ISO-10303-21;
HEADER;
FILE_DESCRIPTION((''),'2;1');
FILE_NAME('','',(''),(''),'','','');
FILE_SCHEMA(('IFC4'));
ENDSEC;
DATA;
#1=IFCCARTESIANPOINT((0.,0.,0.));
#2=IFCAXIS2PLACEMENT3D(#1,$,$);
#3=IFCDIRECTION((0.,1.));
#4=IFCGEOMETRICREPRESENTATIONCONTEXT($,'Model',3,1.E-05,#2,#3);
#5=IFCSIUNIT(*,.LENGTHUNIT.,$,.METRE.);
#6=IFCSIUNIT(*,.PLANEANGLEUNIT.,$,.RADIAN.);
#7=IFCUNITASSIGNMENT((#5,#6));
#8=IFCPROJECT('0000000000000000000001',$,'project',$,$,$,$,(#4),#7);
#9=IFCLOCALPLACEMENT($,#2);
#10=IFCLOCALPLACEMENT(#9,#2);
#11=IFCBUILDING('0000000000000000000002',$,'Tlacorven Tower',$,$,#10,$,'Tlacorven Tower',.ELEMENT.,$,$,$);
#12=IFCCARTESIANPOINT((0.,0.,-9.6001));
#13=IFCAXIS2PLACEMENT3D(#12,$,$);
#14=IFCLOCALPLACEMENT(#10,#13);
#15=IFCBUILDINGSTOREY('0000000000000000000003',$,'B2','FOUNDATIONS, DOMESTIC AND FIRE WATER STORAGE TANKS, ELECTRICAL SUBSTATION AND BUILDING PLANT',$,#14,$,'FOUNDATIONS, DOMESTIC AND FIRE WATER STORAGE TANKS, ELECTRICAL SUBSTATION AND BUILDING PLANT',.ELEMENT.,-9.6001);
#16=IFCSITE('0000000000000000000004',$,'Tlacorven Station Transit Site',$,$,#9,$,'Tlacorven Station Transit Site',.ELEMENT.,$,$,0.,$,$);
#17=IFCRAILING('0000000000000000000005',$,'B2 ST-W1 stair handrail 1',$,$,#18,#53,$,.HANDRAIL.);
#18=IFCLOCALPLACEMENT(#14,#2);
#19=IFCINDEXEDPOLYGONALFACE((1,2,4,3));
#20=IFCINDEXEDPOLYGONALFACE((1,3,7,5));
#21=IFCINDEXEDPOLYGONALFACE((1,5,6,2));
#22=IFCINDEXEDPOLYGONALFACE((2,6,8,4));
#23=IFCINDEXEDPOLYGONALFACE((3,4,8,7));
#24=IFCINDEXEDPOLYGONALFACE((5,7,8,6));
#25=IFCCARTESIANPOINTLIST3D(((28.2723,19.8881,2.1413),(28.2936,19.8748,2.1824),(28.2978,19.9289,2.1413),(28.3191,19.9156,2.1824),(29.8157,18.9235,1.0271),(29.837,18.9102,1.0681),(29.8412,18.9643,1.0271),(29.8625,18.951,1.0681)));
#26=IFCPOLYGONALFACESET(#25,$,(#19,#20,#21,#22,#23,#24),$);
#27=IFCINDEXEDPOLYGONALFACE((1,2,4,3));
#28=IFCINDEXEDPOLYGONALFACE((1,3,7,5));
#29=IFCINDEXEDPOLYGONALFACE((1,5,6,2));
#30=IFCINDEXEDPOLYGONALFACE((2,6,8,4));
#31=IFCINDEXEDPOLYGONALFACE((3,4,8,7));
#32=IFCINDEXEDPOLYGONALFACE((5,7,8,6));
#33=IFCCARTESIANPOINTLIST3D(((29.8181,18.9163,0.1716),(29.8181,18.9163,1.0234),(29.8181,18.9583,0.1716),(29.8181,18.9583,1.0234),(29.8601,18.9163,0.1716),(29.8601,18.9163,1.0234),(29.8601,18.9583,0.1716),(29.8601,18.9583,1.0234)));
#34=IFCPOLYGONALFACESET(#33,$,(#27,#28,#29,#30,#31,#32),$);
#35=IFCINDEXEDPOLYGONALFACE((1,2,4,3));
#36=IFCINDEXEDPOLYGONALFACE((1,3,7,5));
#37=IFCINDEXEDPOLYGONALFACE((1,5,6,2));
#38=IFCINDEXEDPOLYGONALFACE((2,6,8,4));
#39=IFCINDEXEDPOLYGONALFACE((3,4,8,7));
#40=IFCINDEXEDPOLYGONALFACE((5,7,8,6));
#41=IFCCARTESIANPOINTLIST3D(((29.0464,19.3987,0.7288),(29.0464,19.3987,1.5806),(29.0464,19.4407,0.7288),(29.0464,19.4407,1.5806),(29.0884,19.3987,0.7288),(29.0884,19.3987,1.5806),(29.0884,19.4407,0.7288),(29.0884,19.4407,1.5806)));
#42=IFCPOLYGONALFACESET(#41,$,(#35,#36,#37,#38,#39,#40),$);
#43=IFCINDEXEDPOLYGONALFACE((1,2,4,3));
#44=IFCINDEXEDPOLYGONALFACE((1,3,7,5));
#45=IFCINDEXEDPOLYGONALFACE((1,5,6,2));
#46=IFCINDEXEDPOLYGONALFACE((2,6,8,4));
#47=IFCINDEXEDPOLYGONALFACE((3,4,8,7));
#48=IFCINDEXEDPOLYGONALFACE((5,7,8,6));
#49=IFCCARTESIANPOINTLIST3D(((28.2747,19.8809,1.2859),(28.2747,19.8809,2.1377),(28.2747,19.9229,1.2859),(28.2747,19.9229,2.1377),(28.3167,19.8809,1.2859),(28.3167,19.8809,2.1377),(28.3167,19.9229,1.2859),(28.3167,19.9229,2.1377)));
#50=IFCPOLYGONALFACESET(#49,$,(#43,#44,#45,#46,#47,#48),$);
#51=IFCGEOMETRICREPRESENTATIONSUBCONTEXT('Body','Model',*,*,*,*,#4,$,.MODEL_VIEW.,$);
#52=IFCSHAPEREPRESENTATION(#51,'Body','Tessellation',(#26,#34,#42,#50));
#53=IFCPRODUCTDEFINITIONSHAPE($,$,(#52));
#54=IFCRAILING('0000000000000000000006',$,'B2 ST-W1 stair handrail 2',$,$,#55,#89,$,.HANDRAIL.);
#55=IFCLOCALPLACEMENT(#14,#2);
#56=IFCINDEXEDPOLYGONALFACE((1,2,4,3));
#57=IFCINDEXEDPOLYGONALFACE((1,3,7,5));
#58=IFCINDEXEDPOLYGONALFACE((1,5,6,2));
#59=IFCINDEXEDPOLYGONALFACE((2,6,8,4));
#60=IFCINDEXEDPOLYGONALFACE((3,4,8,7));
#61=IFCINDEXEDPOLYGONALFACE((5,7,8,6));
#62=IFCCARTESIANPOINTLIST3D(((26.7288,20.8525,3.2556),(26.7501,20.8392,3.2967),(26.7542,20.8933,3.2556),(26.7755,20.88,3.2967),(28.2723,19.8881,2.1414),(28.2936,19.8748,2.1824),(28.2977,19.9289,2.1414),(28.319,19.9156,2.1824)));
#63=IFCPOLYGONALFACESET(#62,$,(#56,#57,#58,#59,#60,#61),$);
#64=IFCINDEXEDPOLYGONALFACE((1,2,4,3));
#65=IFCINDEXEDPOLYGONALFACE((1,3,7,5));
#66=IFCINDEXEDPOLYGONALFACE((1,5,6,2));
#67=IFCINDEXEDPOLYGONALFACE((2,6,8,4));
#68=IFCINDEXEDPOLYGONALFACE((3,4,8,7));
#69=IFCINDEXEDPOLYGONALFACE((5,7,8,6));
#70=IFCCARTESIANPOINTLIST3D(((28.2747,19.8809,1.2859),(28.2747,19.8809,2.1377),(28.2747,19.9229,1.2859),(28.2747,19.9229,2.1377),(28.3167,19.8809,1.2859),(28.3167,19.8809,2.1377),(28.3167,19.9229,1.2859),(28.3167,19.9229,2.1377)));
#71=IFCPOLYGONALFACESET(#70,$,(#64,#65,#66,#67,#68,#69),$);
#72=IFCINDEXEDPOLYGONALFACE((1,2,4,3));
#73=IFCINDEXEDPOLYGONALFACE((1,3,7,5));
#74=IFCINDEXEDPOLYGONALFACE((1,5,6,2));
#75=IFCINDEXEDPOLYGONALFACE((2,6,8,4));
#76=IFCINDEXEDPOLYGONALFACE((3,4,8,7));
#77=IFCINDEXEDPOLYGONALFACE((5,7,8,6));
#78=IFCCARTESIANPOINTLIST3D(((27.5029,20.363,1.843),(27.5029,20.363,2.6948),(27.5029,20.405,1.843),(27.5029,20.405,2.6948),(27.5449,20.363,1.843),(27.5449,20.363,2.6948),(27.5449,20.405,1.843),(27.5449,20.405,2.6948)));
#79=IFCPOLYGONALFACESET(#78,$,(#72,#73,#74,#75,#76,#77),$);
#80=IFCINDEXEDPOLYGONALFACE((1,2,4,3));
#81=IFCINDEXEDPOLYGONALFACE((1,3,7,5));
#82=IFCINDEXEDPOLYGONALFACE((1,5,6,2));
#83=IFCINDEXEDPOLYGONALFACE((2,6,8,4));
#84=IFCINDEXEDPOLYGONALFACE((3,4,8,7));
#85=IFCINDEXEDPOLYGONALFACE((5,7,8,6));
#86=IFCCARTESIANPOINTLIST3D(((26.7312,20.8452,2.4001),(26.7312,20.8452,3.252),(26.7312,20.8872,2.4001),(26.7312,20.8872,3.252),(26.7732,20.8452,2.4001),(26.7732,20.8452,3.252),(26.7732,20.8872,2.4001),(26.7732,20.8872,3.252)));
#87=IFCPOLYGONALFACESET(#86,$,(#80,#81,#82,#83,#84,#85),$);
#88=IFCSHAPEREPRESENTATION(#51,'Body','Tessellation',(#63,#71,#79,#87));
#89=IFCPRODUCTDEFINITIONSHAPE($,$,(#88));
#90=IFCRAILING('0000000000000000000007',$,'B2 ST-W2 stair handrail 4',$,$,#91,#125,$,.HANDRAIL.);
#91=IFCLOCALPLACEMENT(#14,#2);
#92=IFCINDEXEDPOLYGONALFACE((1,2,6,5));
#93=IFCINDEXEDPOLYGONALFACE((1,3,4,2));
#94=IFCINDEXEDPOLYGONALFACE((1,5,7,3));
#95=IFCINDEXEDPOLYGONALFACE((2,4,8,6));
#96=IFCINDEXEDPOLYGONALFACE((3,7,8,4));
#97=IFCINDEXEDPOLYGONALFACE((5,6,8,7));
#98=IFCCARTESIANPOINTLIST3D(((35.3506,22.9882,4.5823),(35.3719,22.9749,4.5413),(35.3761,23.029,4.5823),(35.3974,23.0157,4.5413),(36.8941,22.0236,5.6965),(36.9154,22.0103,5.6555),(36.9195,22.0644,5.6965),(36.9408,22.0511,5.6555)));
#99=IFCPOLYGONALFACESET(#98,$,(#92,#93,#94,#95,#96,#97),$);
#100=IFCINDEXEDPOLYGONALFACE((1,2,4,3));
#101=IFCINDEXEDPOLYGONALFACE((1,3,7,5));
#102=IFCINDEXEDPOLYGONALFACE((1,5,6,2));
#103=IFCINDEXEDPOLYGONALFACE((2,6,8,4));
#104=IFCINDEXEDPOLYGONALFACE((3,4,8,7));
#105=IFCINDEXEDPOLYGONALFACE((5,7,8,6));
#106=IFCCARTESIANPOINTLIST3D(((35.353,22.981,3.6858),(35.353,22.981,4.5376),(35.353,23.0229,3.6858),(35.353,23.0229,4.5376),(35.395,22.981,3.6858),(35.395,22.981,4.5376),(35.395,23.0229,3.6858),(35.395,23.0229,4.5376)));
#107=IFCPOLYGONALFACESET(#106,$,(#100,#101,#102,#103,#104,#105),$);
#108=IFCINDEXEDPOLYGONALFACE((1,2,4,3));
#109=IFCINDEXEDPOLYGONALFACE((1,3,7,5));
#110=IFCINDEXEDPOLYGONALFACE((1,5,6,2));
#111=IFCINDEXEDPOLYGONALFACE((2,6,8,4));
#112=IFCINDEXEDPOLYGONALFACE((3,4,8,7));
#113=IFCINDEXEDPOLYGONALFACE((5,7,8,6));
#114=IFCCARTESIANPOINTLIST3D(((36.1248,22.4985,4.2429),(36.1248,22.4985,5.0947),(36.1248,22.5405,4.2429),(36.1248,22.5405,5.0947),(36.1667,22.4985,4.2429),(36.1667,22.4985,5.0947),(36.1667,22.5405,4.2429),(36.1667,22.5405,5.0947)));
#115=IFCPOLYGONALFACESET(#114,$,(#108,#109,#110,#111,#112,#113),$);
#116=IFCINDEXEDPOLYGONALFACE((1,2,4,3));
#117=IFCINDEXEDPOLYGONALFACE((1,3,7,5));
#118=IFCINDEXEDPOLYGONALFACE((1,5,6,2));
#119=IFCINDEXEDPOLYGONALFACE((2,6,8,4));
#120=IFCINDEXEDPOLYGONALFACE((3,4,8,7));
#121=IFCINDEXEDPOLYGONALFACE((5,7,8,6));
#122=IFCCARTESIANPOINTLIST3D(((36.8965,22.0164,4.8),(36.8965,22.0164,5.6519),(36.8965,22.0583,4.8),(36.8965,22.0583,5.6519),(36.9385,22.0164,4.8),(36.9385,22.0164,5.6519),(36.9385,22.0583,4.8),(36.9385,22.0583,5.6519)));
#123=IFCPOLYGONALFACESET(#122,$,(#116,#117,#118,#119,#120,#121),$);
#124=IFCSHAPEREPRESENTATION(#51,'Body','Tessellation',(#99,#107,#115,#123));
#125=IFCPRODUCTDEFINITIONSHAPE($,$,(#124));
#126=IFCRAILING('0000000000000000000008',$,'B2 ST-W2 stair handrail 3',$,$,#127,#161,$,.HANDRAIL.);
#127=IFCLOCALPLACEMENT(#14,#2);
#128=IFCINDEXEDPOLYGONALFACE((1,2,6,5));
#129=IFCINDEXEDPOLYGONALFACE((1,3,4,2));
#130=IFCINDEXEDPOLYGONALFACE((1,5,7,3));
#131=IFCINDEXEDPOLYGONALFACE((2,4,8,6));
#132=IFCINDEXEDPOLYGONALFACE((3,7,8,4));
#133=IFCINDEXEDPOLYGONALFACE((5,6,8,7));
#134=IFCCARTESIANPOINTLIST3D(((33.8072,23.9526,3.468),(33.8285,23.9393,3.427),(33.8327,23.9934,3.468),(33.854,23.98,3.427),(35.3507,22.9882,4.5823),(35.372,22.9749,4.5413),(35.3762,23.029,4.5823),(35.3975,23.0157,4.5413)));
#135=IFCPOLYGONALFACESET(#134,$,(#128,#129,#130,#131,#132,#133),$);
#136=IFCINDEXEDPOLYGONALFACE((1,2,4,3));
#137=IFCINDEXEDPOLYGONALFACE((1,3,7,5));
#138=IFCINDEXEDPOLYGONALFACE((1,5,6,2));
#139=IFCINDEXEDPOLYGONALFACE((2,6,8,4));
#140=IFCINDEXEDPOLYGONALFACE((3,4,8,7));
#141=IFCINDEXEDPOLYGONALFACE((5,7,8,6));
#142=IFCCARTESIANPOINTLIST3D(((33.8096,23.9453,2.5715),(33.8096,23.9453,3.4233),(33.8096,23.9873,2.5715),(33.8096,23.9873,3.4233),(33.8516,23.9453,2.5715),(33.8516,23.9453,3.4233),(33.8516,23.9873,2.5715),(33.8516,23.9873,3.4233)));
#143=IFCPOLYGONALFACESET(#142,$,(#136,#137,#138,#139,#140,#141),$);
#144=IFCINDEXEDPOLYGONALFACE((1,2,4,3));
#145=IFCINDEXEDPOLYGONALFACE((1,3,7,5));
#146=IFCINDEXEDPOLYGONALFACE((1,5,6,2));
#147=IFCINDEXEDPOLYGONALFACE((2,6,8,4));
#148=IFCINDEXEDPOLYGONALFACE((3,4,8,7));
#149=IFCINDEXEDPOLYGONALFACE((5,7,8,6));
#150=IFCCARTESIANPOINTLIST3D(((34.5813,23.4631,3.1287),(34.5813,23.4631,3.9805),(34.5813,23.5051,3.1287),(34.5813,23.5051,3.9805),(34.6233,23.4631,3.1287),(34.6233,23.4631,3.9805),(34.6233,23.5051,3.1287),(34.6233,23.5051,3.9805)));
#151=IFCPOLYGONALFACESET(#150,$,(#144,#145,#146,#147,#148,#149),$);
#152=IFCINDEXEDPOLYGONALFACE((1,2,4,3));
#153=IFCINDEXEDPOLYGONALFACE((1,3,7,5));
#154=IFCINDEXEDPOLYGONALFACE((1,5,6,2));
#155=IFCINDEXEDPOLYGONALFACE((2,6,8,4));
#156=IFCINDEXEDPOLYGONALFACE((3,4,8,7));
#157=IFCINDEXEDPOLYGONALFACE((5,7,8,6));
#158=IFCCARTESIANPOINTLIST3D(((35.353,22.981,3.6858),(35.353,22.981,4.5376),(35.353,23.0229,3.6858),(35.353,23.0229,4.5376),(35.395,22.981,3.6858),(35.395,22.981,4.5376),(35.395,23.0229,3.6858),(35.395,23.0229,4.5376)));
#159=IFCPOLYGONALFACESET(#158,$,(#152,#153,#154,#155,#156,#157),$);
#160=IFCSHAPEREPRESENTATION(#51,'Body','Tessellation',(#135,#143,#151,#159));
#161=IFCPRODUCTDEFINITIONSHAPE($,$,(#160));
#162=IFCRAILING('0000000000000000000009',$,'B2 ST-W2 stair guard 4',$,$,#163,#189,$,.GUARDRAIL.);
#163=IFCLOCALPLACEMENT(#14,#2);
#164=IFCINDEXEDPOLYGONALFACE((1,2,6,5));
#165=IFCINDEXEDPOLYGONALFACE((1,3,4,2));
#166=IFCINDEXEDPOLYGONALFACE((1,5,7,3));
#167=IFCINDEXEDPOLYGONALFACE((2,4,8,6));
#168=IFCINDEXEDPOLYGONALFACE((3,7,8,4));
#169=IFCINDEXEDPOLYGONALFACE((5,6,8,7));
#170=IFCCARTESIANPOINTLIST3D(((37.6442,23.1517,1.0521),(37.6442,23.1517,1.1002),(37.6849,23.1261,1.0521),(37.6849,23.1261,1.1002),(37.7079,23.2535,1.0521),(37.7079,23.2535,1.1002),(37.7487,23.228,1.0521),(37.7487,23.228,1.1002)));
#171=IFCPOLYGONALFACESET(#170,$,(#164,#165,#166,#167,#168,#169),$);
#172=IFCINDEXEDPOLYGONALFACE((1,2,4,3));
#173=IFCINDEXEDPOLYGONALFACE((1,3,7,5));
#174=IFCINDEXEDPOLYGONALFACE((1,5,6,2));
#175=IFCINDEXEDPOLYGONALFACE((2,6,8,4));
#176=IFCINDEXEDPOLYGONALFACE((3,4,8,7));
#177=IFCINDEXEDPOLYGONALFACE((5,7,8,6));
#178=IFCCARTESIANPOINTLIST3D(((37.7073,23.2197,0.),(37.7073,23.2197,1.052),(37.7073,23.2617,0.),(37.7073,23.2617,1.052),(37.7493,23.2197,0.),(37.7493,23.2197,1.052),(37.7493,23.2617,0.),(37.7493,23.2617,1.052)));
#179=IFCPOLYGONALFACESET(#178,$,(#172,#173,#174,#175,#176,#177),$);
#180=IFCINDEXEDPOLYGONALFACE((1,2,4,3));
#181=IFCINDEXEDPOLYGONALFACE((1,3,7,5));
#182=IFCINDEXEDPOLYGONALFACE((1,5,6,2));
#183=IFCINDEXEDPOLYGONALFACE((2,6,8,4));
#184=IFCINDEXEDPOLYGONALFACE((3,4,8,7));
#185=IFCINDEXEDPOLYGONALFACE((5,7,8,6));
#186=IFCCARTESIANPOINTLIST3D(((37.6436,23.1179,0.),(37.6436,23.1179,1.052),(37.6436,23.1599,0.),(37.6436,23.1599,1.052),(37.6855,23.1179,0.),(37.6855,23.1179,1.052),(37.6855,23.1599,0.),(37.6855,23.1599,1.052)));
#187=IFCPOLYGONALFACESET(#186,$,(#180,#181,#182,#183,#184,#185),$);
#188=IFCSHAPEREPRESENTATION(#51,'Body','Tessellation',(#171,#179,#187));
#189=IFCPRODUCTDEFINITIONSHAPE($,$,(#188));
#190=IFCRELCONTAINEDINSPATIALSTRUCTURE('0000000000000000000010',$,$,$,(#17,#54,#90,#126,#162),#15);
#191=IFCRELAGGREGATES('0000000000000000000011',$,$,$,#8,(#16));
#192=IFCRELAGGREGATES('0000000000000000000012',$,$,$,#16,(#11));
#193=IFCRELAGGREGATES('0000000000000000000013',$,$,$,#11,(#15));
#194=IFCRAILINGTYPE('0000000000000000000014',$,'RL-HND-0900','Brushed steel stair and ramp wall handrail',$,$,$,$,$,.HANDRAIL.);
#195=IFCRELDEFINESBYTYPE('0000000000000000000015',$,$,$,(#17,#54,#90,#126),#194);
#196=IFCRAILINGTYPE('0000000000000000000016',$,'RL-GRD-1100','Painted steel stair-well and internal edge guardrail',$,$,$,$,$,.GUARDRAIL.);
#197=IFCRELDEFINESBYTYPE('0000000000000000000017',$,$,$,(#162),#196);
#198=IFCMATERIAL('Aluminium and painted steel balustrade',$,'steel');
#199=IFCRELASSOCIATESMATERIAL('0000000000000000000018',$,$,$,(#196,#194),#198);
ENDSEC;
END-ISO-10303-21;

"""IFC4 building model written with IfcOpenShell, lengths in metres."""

from ifc_helpers import new_model, si_unit, direction, frame, origin, origin_2d, place, context, subcontext, project, spatial, rectangle, extrude, source, transform, mapped, material, type_object, element, save


model = new_model("IFC4")

# Units and contexts
model_context = context("Model", 3, precision=1e-05, world=origin(), true_north=direction((0.0, 1.0)))
body_context = subcontext(model_context, "Body", "Model", "MODEL_VIEW")
ifc_project = project(units=[si_unit("LENGTHUNIT", "METRE"), si_unit("PLANEANGLEUNIT", "RADIAN")], contexts=[model_context])

# Site, building, storey
site_placement = place(None, origin())
site = spatial("IfcSite", under=ifc_project, at=site_placement, Name="Tlacorven Station Transit Site", LongName="Tlacorven Station Transit Site", CompositionType="ELEMENT", RefElevation=0.0)
building_placement = place(site_placement, origin())
building = spatial("IfcBuilding", under=site, at=building_placement, Name="Tlacorven Tower", LongName="Tlacorven Tower", CompositionType="ELEMENT")
storey_placement = place(building_placement, frame((0.0, 0.0, -9.6001)))
storey = spatial("IfcBuildingStorey", under=building, at=storey_placement, Name="B2", Description="FOUNDATIONS, DOMESTIC AND FIRE WATER STORAGE TANKS, ELECTRICAL SUBSTATION AND BUILDING PLANT", LongName="FOUNDATIONS, DOMESTIC AND FIRE WATER STORAGE TANKS, ELECTRICAL SUBSTATION AND BUILDING PLANT", CompositionType="ELEMENT", Elevation=-9.6001)

# Railings
ifc_material_1 = material(Name="Aluminium and painted steel balustrade", Category="steel")
railing_type_1 = type_object("IfcRailingType", Name="RL-GRD-1100", Description="Painted steel stair-well and internal edge guardrail", PredefinedType="GUARDRAIL", material=ifc_material_1)
railing_type_2 = type_object("IfcRailingType", Name="RL-HND-0900", Description="Brushed steel stair and ramp wall handrail", PredefinedType="HANDRAIL", material=ifc_material_1)
shared_shape_1 = source(origin(), body_context, "Body", "SweptSolid", [
    extrude(rectangle(XDim=0.0481, YDim=0.0481, at=origin_2d()), frame((0.0, 0.0, 0.876), z_axis=(-0.723244, 0.451999, 0.522126), x_axis=(-0.529975, -0.848013, 0.0)), (0.0, 0.0, 1.0), 2.134),
    extrude(rectangle(XDim=0.042, YDim=0.042, at=origin_2d()), origin(), (0.0, 0.0, 1.0), 0.8518),
    extrude(rectangle(XDim=0.042, YDim=0.042, at=origin_2d()), frame((-0.7717, 0.4824, 0.5571)), (0.0, 0.0, 1.0), 0.8518),
    extrude(rectangle(XDim=0.042, YDim=0.042, at=origin_2d()), frame((-1.5435, 0.9646, 1.1143)), (0.0, 0.0, 1.0), 0.8518),
])
railing_1_placement = place(storey_placement, frame((29.8391, 18.9373, 0.1716)))
element("IfcRailing", 1, at=railing_1_placement, inside=storey, type_object=railing_type_2, Name="B2 ST-W1 stair handrail 1", PredefinedType="HANDRAIL", context=body_context, shape_type="MappedRepresentation", body=[
    mapped(shared_shape_1, transform((0.0, 0.0, 0.0), scale=1.0)),
])
shared_shape_2 = source(origin(), body_context, "Body", "SweptSolid", [
    extrude(rectangle(XDim=0.0481, YDim=0.0481, at=origin_2d()), frame((0.0, 0.0, 0.876), z_axis=(-0.723281, 0.451908, 0.522153), x_axis=(-0.529878, -0.848074, 0.0)), (0.0, 0.0, 1.0), 2.134),
    extrude(rectangle(XDim=0.042, YDim=0.042, at=origin_2d()), origin(), (0.0, 0.0, 1.0), 0.8518),
    extrude(rectangle(XDim=0.042, YDim=0.042, at=origin_2d()), frame((-0.7717, 0.4822, 0.5571)), (0.0, 0.0, 1.0), 0.8518),
    extrude(rectangle(XDim=0.042, YDim=0.042, at=origin_2d()), frame((-1.5435, 0.9644, 1.1143)), (0.0, 0.0, 1.0), 0.8518),
])
railing_2_placement = place(storey_placement, frame((28.2957, 19.9019, 1.2859)))
element("IfcRailing", 2, at=railing_2_placement, inside=storey, type_object=railing_type_2, Name="B2 ST-W1 stair handrail 2", PredefinedType="HANDRAIL", context=body_context, shape_type="MappedRepresentation", body=[
    mapped(shared_shape_2, transform((0.0, 0.0, 0.0), scale=1.0)),
])
shared_shape_3 = source(origin(), body_context, "Body", "SweptSolid", [
    extrude(rectangle(XDim=0.0481, YDim=0.0481, at=origin_2d()), frame((0.0, 0.0, 0.876), z_axis=(0.723244, -0.451999, 0.522126), x_axis=(0.529975, 0.848013, 0.0)), (0.0, 0.0, 1.0), 2.134),
    extrude(rectangle(XDim=0.042, YDim=0.042, at=origin_2d()), origin(), (0.0, 0.0, 1.0), 0.8518),
    extrude(rectangle(XDim=0.042, YDim=0.042, at=origin_2d()), frame((0.7717, -0.4824, 0.5571)), (0.0, 0.0, 1.0), 0.8518),
    extrude(rectangle(XDim=0.042, YDim=0.042, at=origin_2d()), frame((1.5435, -0.9646, 1.1143)), (0.0, 0.0, 1.0), 0.8518),
])
railing_3_placement = place(storey_placement, frame((35.374, 23.002, 3.6858)))
element("IfcRailing", 3, at=railing_3_placement, inside=storey, type_object=railing_type_2, Name="B2 ST-W2 stair handrail 4", PredefinedType="HANDRAIL", context=body_context, shape_type="MappedRepresentation", body=[
    mapped(shared_shape_3, transform((0.0, 0.0, 0.0), scale=1.0)),
])
shared_shape_4 = source(origin(), body_context, "Body", "SweptSolid", [
    extrude(rectangle(XDim=0.0481, YDim=0.0481, at=origin_2d()), frame((0.0, 0.0, 0.876), z_axis=(0.723281, -0.451908, 0.522153), x_axis=(0.529878, 0.848074, 0.0)), (0.0, 0.0, 1.0), 2.134),
    extrude(rectangle(XDim=0.042, YDim=0.042, at=origin_2d()), origin(), (0.0, 0.0, 1.0), 0.8518),
    extrude(rectangle(XDim=0.042, YDim=0.042, at=origin_2d()), frame((0.7717, -0.4822, 0.5571)), (0.0, 0.0, 1.0), 0.8518),
    extrude(rectangle(XDim=0.042, YDim=0.042, at=origin_2d()), frame((1.5435, -0.9644, 1.1143)), (0.0, 0.0, 1.0), 0.8518),
])
railing_4_placement = place(storey_placement, frame((33.8306, 23.9663, 2.5715)))
element("IfcRailing", 4, at=railing_4_placement, inside=storey, type_object=railing_type_2, Name="B2 ST-W2 stair handrail 3", PredefinedType="HANDRAIL", context=body_context, shape_type="MappedRepresentation", body=[
    mapped(shared_shape_4, transform((0.0, 0.0, 0.0), scale=1.0)),
])
shared_shape_5 = source(origin(), body_context, "Body", "SweptSolid", [
    extrude(rectangle(XDim=0.0481, YDim=0.0481, at=origin_2d()), frame((0.0, 0.0, 1.0762), z_axis=(-0.530547, -0.847656, 0.0), x_axis=(0.847656, -0.530547, 0.0)), (0.0, 0.0, 1.0), 0.1201),
    extrude(rectangle(XDim=0.042, YDim=0.042, at=origin_2d()), origin(), (0.0, 0.0, 1.0), 1.052),
    extrude(rectangle(XDim=0.042, YDim=0.042, at=origin_2d()), frame((-0.0637, -0.1018, 0.0)), (0.0, 0.0, 1.0), 1.052),
])
railing_5_placement = place(storey_placement, frame((37.7283, 23.2407, 0.0)))
element("IfcRailing", 5, at=railing_5_placement, inside=storey, type_object=railing_type_1, Name="B2 ST-W2 stair guard 4", PredefinedType="GUARDRAIL", context=body_context, shape_type="MappedRepresentation", body=[
    mapped(shared_shape_5, transform((0.0, 0.0, 0.0), scale=1.0)),
])

save(model, "model.ifc")
